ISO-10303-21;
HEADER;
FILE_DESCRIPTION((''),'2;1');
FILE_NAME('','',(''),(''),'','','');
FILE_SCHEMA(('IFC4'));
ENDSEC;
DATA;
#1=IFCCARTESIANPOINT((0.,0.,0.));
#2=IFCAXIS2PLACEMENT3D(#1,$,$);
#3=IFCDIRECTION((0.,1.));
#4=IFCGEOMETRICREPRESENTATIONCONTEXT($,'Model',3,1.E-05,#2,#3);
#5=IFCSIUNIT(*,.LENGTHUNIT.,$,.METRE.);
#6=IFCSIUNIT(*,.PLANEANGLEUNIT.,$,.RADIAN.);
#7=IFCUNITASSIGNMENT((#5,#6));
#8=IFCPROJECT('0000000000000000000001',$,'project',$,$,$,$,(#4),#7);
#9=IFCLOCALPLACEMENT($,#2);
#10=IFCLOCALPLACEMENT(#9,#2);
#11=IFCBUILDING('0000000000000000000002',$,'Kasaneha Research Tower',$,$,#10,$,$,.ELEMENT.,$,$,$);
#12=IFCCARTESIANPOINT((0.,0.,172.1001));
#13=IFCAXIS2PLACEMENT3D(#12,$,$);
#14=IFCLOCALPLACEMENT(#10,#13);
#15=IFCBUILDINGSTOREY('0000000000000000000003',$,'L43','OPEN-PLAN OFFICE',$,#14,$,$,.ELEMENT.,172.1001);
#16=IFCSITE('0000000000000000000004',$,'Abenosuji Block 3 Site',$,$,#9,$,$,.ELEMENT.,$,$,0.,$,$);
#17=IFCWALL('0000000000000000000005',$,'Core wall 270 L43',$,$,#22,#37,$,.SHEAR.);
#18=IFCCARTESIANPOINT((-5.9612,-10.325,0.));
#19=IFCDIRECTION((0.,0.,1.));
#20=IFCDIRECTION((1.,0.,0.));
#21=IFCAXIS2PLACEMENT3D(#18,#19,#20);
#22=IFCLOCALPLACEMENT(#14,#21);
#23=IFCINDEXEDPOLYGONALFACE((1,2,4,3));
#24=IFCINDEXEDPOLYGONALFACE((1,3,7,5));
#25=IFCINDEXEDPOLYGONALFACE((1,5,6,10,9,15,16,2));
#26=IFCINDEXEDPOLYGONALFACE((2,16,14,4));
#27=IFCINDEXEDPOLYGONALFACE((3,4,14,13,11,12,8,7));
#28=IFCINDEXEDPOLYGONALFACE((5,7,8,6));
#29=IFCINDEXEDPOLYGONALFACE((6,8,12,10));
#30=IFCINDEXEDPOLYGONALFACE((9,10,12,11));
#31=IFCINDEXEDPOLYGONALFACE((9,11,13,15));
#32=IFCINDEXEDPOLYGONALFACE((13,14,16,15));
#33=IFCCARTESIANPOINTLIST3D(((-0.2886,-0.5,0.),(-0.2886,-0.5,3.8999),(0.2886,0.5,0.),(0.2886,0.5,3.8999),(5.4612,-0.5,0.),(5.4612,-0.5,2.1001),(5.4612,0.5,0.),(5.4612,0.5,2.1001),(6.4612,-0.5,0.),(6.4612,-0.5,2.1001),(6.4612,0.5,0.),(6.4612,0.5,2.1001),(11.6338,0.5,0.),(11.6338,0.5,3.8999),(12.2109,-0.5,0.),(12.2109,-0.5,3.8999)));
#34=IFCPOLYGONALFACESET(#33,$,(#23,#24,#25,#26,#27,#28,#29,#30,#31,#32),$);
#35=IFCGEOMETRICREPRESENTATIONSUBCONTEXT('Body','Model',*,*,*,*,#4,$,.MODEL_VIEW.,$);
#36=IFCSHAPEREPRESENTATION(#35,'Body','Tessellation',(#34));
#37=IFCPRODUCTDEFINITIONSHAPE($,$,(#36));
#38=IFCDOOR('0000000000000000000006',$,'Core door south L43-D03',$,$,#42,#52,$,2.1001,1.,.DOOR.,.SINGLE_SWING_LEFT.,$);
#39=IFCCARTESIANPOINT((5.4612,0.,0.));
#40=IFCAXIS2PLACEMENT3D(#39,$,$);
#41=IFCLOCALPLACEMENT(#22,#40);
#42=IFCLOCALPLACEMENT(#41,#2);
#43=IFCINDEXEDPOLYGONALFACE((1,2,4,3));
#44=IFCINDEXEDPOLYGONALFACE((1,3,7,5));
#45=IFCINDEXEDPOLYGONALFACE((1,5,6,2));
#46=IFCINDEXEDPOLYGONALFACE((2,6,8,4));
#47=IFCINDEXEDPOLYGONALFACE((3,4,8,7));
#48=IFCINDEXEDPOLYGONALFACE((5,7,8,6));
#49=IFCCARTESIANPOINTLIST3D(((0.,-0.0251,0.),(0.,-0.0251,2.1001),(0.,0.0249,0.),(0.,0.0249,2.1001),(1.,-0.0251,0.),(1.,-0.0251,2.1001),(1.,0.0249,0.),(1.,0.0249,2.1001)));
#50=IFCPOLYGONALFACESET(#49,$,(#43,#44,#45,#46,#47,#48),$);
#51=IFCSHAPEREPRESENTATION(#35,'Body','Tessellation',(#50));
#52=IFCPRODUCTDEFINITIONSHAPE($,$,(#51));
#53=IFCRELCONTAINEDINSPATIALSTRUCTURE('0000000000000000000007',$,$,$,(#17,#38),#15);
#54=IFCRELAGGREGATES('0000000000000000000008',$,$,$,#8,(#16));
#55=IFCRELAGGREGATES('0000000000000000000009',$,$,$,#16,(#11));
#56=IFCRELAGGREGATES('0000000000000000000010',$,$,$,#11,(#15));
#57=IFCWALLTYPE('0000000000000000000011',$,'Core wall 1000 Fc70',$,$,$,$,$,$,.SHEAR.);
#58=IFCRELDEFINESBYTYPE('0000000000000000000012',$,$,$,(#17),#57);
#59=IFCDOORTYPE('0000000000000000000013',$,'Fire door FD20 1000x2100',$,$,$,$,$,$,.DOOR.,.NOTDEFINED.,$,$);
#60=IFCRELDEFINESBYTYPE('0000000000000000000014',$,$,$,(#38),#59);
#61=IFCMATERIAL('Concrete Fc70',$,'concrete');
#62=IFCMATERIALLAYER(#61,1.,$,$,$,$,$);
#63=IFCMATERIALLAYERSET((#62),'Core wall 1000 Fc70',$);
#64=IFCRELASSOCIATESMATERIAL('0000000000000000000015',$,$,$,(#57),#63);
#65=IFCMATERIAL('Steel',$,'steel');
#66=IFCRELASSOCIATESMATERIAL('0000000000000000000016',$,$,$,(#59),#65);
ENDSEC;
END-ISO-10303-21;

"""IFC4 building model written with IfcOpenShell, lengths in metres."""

from ifc_helpers import new_model, si_unit, direction, frame, frame_2d, origin, place, context, subcontext, project, spatial, polyline, rectangle, outline, extrude, material, layer, layer_set, type_object, element, fill, save


model = new_model("IFC4")

# Units and contexts
model_context = context("Model", 3, precision=1e-05, world=origin(), true_north=direction((0.0, 1.0)))
body_context = subcontext(model_context, "Body", "Model", "MODEL_VIEW")
ifc_project = project(units=[si_unit("LENGTHUNIT", "METRE"), si_unit("PLANEANGLEUNIT", "RADIAN")], contexts=[model_context])

# Site, building, storey
site_placement = place(None, origin())
site = spatial("IfcSite", under=ifc_project, at=site_placement, Name="Abenosuji Block 3 Site", CompositionType="ELEMENT", RefElevation=0.0)
building_placement = place(site_placement, origin())
building = spatial("IfcBuilding", under=site, at=building_placement, Name="Kasaneha Research Tower", CompositionType="ELEMENT")
storey_placement = place(building_placement, frame((0.0, 0.0, 172.1001)))
storey = spatial("IfcBuildingStorey", under=building, at=storey_placement, Name="L43", Description="OPEN-PLAN OFFICE", CompositionType="ELEMENT", Elevation=172.1001)

# Wall, opening, door
ifc_material_1 = material(Name="Concrete Fc70", Category="concrete")
ifc_layer_1 = layer(ifc_material_1, 1.0)
ifc_layer_set_1 = layer_set([ifc_layer_1], Name="Core wall 1000 Fc70")
wall_type_1 = type_object("IfcWallType", Name="Core wall 1000 Fc70", PredefinedType="SHEAR", material=ifc_layer_set_1)
wall_1_placement = place(storey_placement, frame((-5.9612, -10.325, 0.0), z_axis=(0.0, 0.0, 1.0), x_axis=(1.0, 0.0, 0.0)))
wall_1 = element("IfcWall", 1, at=wall_1_placement, inside=storey, type_object=wall_type_1, Name="Core wall 270 L43", PredefinedType="SHEAR", context=body_context, shape_type="SweptSolid", body=[
    extrude(outline(polyline([(-0.2886, -0.5), (5.4612, -0.5), (6.4612, -0.5), (12.2109, -0.5), (11.6338, 0.5), (6.4612, 0.5), (5.4612, 0.5), (0.2886, 0.5), (-0.2886, -0.5)])), origin(), (0.0, 0.0, 1.0), 3.8999),
])
opening_1_placement = place(wall_1_placement, frame((5.4612, 0.0, 0.0)))
opening_1 = element("IfcOpeningElement", 2, at=opening_1_placement, cuts=wall_1, PredefinedType="OPENING", context=body_context, shape_type="SweptSolid", body=[
    extrude(rectangle(XDim=1.0, YDim=2.1001, at=frame_2d((0.5, 1.05))), frame((0.0, 0.51, 0.0), z_axis=(0.0, -1.0, 0.0), x_axis=(1.0, 0.0, 0.0)), (0.0, 0.0, 1.0), 1.02),
])
ifc_material_2 = material(Name="Steel", Category="steel")
door_type_1 = type_object("IfcDoorType", Name="Fire door FD20 1000x2100", OperationType="NOTDEFINED", PredefinedType="DOOR", material=ifc_material_2)
door_1_placement = place(opening_1_placement, origin())
door_1 = element("IfcDoor", 3, at=door_1_placement, inside=storey, type_object=door_type_1, Name="Core door south L43-D03", OperationType="SINGLE_SWING_LEFT", OverallHeight=2.1001, OverallWidth=1.0, PredefinedType="DOOR", context=body_context, shape_type="SweptSolid", body=[
    extrude(rectangle(XDim=1.0, YDim=2.1001, at=frame_2d((0.5, 1.05))), frame((0.0, 0.0249, 0.0), z_axis=(0.0, -1.0, 0.0), x_axis=(1.0, 0.0, 0.0)), (0.0, 0.0, 1.0), 0.05),
])
fill(opening_1, door_1)

save(model, "model.ifc")
